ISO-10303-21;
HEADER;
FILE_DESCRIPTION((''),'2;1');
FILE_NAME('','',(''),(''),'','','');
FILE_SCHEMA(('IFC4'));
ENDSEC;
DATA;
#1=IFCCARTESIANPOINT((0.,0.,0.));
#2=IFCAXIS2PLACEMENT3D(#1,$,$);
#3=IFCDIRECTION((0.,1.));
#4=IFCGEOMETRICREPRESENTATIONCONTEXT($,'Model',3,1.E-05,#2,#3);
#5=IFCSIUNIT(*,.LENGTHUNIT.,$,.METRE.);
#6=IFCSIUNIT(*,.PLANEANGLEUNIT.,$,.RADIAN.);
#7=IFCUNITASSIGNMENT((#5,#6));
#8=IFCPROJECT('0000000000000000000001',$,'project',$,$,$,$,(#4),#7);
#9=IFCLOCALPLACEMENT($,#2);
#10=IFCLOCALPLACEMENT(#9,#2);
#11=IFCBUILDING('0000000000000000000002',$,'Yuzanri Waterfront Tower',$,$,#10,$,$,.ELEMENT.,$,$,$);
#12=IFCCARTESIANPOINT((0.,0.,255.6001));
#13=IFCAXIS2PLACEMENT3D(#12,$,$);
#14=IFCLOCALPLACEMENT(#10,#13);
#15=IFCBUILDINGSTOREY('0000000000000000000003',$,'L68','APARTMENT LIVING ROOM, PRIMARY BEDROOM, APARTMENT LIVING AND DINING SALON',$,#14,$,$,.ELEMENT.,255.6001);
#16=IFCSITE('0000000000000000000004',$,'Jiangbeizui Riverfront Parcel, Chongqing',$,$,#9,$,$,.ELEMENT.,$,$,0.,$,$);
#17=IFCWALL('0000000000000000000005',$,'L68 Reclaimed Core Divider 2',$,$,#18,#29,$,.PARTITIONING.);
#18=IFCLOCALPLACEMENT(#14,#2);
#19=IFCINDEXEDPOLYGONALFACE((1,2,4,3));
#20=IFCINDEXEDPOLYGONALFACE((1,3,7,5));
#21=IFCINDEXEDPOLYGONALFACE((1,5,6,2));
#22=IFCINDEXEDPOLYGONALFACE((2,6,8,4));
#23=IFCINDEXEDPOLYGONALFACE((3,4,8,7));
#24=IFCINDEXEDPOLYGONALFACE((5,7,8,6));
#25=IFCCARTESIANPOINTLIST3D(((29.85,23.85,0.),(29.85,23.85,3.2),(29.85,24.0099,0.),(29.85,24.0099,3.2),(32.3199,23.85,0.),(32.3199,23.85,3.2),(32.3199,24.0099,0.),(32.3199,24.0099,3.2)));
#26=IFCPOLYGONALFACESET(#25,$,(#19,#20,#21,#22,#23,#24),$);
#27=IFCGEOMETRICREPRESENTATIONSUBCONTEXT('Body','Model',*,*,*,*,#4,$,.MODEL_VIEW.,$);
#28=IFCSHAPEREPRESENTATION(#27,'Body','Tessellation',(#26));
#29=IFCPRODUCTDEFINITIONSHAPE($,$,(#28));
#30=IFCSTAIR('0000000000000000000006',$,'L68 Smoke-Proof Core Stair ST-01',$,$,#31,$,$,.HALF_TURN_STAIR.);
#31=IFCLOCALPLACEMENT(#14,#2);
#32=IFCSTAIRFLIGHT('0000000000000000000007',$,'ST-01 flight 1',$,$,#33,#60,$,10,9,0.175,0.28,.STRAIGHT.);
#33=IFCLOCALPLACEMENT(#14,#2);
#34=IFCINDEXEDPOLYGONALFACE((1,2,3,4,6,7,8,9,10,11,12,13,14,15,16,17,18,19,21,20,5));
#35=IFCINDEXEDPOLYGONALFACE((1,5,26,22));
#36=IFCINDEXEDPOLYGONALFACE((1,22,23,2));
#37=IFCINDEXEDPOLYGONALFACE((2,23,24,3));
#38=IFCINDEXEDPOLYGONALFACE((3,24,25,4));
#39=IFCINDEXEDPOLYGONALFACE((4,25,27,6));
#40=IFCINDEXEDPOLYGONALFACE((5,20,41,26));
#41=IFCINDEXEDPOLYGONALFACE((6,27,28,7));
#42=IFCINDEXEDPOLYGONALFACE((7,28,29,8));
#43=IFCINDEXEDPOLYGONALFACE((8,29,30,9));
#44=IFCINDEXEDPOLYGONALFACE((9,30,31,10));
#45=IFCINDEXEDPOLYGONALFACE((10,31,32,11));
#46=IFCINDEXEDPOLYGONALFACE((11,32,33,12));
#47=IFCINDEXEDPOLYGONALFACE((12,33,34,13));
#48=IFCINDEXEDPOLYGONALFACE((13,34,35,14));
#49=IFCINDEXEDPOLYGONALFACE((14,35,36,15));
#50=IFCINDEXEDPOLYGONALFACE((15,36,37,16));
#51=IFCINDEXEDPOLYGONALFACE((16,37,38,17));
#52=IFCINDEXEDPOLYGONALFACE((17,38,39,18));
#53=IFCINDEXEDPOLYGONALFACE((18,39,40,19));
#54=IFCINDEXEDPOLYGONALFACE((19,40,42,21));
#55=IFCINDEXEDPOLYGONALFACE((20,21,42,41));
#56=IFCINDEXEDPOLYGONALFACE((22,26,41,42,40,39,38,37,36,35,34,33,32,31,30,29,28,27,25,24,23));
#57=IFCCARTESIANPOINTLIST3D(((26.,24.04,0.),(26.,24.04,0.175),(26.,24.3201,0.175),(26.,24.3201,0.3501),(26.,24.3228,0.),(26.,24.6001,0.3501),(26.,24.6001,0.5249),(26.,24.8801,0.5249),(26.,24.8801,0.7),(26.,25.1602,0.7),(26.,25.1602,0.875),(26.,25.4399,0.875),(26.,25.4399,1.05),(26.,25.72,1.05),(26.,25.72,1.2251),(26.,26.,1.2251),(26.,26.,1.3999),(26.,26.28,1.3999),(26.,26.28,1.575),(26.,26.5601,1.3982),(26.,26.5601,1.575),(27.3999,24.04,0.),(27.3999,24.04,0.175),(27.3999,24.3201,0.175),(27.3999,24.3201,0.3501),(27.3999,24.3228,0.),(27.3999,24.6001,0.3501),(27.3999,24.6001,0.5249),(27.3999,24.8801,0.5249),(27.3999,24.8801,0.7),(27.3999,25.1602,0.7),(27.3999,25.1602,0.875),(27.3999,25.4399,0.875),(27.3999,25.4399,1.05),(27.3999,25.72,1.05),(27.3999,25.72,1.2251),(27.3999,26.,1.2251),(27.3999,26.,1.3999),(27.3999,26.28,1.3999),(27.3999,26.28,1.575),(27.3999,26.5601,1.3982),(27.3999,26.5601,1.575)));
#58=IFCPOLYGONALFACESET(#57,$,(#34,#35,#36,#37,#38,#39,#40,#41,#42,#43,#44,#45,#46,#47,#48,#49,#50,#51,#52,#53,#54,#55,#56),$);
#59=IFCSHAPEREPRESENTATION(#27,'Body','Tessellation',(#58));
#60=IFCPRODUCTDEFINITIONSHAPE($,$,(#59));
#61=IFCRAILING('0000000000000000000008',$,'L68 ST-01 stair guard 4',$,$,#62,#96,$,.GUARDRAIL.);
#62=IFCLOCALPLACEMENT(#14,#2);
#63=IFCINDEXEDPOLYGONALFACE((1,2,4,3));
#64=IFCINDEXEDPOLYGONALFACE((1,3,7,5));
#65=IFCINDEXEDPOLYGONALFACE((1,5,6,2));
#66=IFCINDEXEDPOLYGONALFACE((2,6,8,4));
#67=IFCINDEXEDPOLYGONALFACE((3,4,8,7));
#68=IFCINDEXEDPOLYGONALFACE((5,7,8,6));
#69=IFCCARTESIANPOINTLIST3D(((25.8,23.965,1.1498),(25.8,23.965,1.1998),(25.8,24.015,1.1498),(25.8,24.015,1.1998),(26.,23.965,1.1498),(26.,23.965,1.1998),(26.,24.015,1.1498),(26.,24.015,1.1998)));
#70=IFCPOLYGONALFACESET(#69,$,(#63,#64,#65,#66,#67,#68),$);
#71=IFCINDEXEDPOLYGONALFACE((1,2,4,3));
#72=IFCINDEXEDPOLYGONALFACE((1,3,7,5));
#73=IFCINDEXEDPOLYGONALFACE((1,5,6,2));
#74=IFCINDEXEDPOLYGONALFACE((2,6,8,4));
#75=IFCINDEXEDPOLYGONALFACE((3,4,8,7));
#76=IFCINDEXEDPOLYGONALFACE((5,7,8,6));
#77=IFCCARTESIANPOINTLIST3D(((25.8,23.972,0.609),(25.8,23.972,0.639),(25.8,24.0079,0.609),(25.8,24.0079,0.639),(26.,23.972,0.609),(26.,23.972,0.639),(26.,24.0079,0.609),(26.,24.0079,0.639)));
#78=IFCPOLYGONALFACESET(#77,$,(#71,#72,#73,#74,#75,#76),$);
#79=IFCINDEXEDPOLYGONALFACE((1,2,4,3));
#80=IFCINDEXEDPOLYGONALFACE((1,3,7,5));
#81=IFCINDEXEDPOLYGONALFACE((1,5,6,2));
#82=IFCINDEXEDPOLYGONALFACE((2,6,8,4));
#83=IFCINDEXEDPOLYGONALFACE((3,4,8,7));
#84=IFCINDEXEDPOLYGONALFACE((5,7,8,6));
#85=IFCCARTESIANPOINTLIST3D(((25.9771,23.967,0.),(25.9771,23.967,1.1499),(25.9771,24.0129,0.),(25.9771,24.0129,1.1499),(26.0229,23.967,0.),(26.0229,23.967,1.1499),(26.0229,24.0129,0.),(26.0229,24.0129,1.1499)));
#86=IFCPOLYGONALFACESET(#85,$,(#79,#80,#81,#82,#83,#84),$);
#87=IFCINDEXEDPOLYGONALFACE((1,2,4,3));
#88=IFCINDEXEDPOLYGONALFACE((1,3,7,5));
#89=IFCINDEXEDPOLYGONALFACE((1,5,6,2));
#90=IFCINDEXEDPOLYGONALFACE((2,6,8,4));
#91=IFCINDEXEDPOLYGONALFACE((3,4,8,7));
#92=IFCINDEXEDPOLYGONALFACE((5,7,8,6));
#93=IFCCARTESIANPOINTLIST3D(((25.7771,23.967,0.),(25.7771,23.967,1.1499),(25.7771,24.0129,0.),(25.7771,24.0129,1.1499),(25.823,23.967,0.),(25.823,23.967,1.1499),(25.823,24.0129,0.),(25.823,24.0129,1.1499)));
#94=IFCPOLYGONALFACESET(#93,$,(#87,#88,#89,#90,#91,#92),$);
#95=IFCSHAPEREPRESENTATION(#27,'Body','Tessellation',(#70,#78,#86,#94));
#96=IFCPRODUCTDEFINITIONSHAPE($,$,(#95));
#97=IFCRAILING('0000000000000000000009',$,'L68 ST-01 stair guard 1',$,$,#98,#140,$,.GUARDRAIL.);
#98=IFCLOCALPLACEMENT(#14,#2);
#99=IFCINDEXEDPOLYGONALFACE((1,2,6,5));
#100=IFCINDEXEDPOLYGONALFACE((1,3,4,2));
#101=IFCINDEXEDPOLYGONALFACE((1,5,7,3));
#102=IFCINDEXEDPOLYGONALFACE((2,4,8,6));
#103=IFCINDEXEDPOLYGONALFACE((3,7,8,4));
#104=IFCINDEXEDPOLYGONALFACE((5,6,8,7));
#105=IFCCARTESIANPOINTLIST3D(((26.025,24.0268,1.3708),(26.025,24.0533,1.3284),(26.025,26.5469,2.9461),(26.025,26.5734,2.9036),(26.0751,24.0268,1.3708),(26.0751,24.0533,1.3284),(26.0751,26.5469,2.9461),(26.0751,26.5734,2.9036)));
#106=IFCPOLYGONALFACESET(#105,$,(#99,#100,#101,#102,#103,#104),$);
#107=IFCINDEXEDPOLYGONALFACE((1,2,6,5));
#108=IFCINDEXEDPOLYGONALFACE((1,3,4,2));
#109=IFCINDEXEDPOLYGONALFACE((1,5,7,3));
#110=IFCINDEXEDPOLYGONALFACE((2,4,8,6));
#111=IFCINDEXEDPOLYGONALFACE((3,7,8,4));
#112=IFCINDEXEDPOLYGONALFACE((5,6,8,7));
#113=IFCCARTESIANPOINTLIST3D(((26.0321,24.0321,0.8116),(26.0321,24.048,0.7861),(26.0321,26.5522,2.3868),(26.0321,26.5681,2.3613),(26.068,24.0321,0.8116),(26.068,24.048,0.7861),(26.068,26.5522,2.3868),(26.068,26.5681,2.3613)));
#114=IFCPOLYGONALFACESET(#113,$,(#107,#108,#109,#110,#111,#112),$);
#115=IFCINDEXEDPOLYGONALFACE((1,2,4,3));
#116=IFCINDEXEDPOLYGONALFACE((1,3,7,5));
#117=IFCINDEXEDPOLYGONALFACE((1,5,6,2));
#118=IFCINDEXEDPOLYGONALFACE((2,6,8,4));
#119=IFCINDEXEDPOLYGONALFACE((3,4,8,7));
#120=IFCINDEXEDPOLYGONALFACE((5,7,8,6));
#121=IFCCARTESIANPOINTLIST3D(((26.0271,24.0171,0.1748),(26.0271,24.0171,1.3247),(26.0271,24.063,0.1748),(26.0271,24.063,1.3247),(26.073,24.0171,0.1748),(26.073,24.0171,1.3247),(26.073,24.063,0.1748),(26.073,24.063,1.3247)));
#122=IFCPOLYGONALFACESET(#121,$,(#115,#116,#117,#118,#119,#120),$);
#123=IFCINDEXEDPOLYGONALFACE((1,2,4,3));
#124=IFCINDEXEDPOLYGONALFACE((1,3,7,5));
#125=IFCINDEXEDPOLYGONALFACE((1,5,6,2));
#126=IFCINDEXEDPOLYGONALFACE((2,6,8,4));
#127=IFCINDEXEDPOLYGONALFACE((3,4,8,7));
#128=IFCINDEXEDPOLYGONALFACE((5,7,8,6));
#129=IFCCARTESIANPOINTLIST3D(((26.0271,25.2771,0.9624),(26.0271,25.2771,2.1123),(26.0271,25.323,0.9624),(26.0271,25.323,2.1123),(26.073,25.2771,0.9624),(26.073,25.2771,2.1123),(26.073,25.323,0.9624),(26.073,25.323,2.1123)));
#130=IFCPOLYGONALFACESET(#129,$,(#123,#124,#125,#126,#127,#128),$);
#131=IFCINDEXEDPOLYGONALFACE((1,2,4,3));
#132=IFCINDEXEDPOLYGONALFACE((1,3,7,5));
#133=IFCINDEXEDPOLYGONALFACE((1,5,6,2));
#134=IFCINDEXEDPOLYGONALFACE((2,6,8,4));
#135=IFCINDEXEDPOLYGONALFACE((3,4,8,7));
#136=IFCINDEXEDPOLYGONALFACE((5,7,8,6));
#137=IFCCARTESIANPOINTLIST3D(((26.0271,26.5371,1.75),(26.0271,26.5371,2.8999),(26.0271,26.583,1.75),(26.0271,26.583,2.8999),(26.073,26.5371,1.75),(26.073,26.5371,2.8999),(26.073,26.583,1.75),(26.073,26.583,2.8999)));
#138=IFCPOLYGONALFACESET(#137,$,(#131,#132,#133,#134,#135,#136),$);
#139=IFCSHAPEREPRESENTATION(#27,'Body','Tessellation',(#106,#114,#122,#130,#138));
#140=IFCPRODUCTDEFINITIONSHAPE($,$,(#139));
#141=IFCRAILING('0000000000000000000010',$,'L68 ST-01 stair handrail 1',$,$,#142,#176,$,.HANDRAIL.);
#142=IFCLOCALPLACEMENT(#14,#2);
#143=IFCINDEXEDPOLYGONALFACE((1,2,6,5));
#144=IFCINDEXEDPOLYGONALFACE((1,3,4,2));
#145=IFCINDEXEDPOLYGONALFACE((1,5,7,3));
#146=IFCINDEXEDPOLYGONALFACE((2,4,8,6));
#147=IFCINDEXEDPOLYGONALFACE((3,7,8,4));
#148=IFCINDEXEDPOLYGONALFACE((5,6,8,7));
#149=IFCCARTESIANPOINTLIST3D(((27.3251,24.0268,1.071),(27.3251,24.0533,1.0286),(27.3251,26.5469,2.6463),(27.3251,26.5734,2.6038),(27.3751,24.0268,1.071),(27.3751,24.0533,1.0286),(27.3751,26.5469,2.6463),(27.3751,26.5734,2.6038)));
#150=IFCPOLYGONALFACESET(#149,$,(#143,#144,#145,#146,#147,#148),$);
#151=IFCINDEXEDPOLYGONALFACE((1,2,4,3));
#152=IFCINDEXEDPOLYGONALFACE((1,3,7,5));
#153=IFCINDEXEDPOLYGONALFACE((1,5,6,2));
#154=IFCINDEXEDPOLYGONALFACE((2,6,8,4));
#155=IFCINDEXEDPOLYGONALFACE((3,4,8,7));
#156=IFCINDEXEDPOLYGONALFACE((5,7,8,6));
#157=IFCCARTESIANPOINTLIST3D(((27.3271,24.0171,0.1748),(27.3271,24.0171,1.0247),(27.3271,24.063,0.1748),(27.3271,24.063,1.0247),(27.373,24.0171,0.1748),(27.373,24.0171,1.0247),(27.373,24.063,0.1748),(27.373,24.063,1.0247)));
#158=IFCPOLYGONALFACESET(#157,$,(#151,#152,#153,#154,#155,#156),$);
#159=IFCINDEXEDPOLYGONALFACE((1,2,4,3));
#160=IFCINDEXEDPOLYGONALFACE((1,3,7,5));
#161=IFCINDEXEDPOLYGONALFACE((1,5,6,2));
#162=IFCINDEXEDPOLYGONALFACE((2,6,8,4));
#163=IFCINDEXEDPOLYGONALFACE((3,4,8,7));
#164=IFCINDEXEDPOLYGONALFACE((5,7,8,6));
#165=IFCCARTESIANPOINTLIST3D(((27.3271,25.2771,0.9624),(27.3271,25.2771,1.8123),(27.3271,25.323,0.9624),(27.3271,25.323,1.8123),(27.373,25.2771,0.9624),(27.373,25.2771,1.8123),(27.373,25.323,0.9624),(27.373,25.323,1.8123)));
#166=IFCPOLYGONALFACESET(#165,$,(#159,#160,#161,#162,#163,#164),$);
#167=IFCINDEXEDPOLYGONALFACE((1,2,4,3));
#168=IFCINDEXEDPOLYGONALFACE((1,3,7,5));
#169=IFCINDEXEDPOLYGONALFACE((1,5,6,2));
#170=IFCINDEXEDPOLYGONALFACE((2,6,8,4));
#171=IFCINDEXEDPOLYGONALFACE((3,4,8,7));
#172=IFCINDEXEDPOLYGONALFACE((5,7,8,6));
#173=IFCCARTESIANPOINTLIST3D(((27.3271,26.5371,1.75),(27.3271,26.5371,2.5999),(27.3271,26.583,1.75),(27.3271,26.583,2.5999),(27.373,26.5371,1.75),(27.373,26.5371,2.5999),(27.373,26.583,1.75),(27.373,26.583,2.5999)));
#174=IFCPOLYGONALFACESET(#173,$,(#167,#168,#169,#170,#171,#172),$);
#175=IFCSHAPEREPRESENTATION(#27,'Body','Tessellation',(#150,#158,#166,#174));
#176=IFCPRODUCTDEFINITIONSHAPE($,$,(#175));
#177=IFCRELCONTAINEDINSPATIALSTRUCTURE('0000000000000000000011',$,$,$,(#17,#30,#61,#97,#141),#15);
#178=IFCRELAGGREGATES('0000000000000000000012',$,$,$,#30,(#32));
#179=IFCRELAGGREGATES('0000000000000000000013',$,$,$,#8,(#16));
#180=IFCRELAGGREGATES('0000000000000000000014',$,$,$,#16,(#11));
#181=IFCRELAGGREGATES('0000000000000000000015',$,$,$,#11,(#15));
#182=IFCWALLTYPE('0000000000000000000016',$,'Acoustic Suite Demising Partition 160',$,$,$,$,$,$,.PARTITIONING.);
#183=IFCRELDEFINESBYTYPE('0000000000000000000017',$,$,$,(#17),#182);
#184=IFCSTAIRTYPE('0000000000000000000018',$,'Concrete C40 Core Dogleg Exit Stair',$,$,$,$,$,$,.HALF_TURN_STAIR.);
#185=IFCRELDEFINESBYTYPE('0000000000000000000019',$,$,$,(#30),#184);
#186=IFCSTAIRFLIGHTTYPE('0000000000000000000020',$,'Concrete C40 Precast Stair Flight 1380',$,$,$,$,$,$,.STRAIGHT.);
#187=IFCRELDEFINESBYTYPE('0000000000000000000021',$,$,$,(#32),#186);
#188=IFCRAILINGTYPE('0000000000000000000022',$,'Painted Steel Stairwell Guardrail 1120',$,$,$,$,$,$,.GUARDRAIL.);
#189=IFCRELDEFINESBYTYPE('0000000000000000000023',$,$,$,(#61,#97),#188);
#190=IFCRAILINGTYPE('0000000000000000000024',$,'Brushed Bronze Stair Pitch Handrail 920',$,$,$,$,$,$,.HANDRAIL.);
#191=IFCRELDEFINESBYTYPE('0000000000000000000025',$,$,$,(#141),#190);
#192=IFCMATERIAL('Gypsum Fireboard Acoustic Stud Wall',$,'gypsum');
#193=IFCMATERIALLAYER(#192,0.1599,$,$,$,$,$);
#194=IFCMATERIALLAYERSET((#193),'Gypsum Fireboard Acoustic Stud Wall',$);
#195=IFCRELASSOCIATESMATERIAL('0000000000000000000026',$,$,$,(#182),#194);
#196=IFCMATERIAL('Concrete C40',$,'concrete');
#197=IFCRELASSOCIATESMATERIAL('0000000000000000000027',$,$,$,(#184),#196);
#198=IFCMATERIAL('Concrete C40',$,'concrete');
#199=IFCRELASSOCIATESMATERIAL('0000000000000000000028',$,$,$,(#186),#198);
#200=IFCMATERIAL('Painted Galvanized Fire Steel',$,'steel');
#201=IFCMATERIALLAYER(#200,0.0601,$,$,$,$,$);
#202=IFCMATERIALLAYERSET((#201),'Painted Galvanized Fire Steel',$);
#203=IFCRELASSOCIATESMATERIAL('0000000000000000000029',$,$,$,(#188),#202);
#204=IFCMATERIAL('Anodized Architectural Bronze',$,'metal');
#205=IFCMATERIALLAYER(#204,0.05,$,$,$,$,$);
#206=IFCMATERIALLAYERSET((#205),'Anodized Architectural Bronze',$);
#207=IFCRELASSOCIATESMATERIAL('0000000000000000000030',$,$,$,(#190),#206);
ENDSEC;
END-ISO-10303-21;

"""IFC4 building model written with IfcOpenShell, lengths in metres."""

from ifc_helpers import new_model, si_unit, direction, frame, frame_2d, origin, origin_2d, place, context, subcontext, project, spatial, polyline, rectangle, outline, extrude, source, transform, mapped, material, layer, layer_set, type_object, element, aggregate, save


model = new_model("IFC4")

# Units and contexts
model_context = context("Model", 3, precision=1e-05, world=origin(), true_north=direction((0.0, 1.0)))
body_context = subcontext(model_context, "Body", "Model", "MODEL_VIEW")
ifc_project = project(units=[si_unit("LENGTHUNIT", "METRE"), si_unit("PLANEANGLEUNIT", "RADIAN")], contexts=[model_context])

# Site, building, storey
site_placement = place(None, origin())
site = spatial("IfcSite", under=ifc_project, at=site_placement, Name="Jiangbeizui Riverfront Parcel, Chongqing", CompositionType="ELEMENT", RefElevation=0.0)
building_placement = place(site_placement, origin())
building = spatial("IfcBuilding", under=site, at=building_placement, Name="Yuzanri Waterfront Tower", CompositionType="ELEMENT")
storey_placement = place(building_placement, frame((0.0, 0.0, 255.6001)))
storey = spatial("IfcBuildingStorey", under=building, at=storey_placement, Name="L68", Description="APARTMENT LIVING ROOM, PRIMARY BEDROOM, APARTMENT LIVING AND DINING SALON", CompositionType="ELEMENT", Elevation=255.6001)

# Wall
ifc_material_1 = material(Name="Gypsum Fireboard Acoustic Stud Wall", Category="gypsum")
ifc_layer_1 = layer(ifc_material_1, 0.1599)
ifc_layer_set_1 = layer_set([ifc_layer_1], Name="Gypsum Fireboard Acoustic Stud Wall")
wall_type_1 = type_object("IfcWallType", Name="Acoustic Suite Demising Partition 160", PredefinedType="PARTITIONING", material=ifc_layer_set_1)
shared_shape_1 = source(origin(), body_context, "Body", "SweptSolid", [
    extrude(rectangle(XDim=2.47, YDim=0.1599, at=frame_2d((1.2349, 0.0))), origin(), (0.0, 0.0, 1.0), 3.2),
])
wall_1_placement = place(storey_placement, frame((29.8501, 23.9299, 0.0), z_axis=(0.0, 0.0, 1.0), x_axis=(1.0, 0.0, 0.0)))
element("IfcWall", 1, at=wall_1_placement, inside=storey, type_object=wall_type_1, Name="L68 Reclaimed Core Divider 2", PredefinedType="PARTITIONING", context=body_context, shape_type="MappedRepresentation", body=[
    mapped(shared_shape_1, transform((0.0, 0.0, 0.0), scale=1.0)),
])

# Stair, stair flight
ifc_material_2 = material(Name="Concrete C40", Category="concrete")
stair_type = type_object("IfcStairType", Name="Concrete C40 Core Dogleg Exit Stair", PredefinedType="HALF_TURN_STAIR", material=ifc_material_2)
stair_placement = place(storey_placement, origin())
stair = element("IfcStair", 2, at=stair_placement, inside=storey, type_object=stair_type, Name="L68 Smoke-Proof Core Stair ST-01", PredefinedType="HALF_TURN_STAIR")
ifc_material_3 = material(Name="Concrete C40", Category="concrete")
stair_flight_type = type_object("IfcStairFlightType", Name="Concrete C40 Precast Stair Flight 1380", PredefinedType="STRAIGHT", material=ifc_material_3)
shared_shape_2 = source(origin(), body_context, "Body", "SweptSolid", [
    extrude(outline(polyline([(0.0, 0.0), (0.0, 0.175), (0.28, 0.175), (0.28, 0.3501), (0.5601, 0.3501), (0.5601, 0.5249), (0.8401, 0.5249), (0.8401, 0.7), (1.1201, 0.7), (1.1201, 0.875), (1.3999, 0.875), (1.3999, 1.05), (1.6799, 1.05), (1.6799, 1.2251), (1.96, 1.2251), (1.96, 1.3999), (2.24, 1.3999), (2.24, 1.575), (2.52, 1.575), (2.52, 1.75), (2.52, 1.3982), (0.2827, 0.0), (0.0, 0.0)])), frame((0.0, 0.7, 0.0), z_axis=(0.0, -1.0, 0.0), x_axis=(1.0, 0.0, 0.0)), (0.0, 0.0, 1.0), 1.3999),
])
stair_flight_placement = place(storey_placement, frame((26.7, 24.04, 0.0), z_axis=(0.0, 0.0, 1.0), x_axis=(0.0, 1.0, 0.0)))
stair_flight = element("IfcStairFlight", 3, at=stair_flight_placement, type_object=stair_flight_type, Name="ST-01 flight 1", NumberOfRisers=10, NumberOfTreads=9, PredefinedType="STRAIGHT", RiserHeight=0.175, TreadLength=0.28, context=body_context, shape_type="MappedRepresentation", body=[
    mapped(shared_shape_2, transform((0.0, 0.0, 0.0), scale=1.0)),
])
aggregate(stair, [stair_flight])

# Railings
ifc_material_4 = material(Name="Painted Galvanized Fire Steel", Category="steel")
ifc_layer_2 = layer(ifc_material_4, 0.0601)
ifc_layer_set_2 = layer_set([ifc_layer_2], Name="Painted Galvanized Fire Steel")
railing_type_1 = type_object("IfcRailingType", Name="Painted Steel Stairwell Guardrail 1120", PredefinedType="GUARDRAIL", material=ifc_layer_set_2)
shared_shape_3 = source(origin(), body_context, "Body", "SweptSolid", [
    extrude(rectangle(XDim=0.05, YDim=0.05, at=origin_2d()), frame((0.0, 0.0, 1.1748), z_axis=(-1.0, 0.0, 0.0), x_axis=(0.0, -1.0, 0.0)), (0.0, 0.0, 1.0), 0.2),
    extrude(rectangle(XDim=0.0359, YDim=0.03, at=origin_2d()), frame((0.0, 0.0, 0.624), z_axis=(-1.0, 0.0, 0.0), x_axis=(0.0, -1.0, 0.0)), (0.0, 0.0, 1.0), 0.2),
    extrude(rectangle(XDim=0.0459, YDim=0.0459, at=origin_2d()), origin(), (0.0, 0.0, 1.0), 1.1499),
    extrude(rectangle(XDim=0.0459, YDim=0.0459, at=origin_2d()), frame((-0.2, 0.0, 0.0)), (0.0, 0.0, 1.0), 1.1499),
])
railing_1_placement = place(storey_placement, frame((26.0, 23.99, 0.0)))
element("IfcRailing", 4, at=railing_1_placement, inside=storey, type_object=railing_type_1, Name="L68 ST-01 stair guard 4", PredefinedType="GUARDRAIL", context=body_context, shape_type="MappedRepresentation", body=[
    mapped(shared_shape_3, transform((0.0, 0.0, 0.0), scale=1.0)),
])
shared_shape_4 = source(origin(), body_context, "Body", "SweptSolid", [
    extrude(rectangle(XDim=0.05, YDim=0.05, at=origin_2d()), frame((0.0, 0.0, 1.1748), z_axis=(0.0, 0.847971, 0.530043), x_axis=(-1.0, 0.0, 0.0)), (0.0, 0.0, 1.0), 2.9719),
    extrude(rectangle(XDim=0.0359, YDim=0.03, at=origin_2d()), frame((0.0, 0.0, 0.624), z_axis=(0.0, 0.847971, 0.530043), x_axis=(-1.0, 0.0, 0.0)), (0.0, 0.0, 1.0), 2.9719),
    extrude(rectangle(XDim=0.0459, YDim=0.0459, at=origin_2d()), origin(), (0.0, 0.0, 1.0), 1.1499),
    extrude(rectangle(XDim=0.0459, YDim=0.0459, at=origin_2d()), frame((0.0, 1.26, 0.7876)), (0.0, 0.0, 1.0), 1.1499),
    extrude(rectangle(XDim=0.0459, YDim=0.0459, at=origin_2d()), frame((0.0, 2.52, 1.5752)), (0.0, 0.0, 1.0), 1.1499),
])
railing_2_placement = place(storey_placement, frame((26.05, 24.04, 0.1748)))
element("IfcRailing", 5, at=railing_2_placement, inside=storey, type_object=railing_type_1, Name="L68 ST-01 stair guard 1", PredefinedType="GUARDRAIL", context=body_context, shape_type="MappedRepresentation", body=[
    mapped(shared_shape_4, transform((0.0, 0.0, 0.0), scale=1.0)),
])
ifc_material_5 = material(Name="Anodized Architectural Bronze", Category="metal")
ifc_layer_3 = layer(ifc_material_5, 0.05)
ifc_layer_set_3 = layer_set([ifc_layer_3], Name="Anodized Architectural Bronze")
railing_type_2 = type_object("IfcRailingType", Name="Brushed Bronze Stair Pitch Handrail 920", PredefinedType="HANDRAIL", material=ifc_layer_set_3)
shared_shape_5 = source(origin(), body_context, "Body", "SweptSolid", [
    extrude(rectangle(XDim=0.05, YDim=0.05, at=origin_2d()), frame((0.0, 0.0, 0.875), z_axis=(0.0, 0.847971, 0.530043), x_axis=(-1.0, 0.0, 0.0)), (0.0, 0.0, 1.0), 2.9719),
    extrude(rectangle(XDim=0.0459, YDim=0.0459, at=origin_2d()), origin(), (0.0, 0.0, 1.0), 0.8499),
    extrude(rectangle(XDim=0.0459, YDim=0.0459, at=origin_2d()), frame((0.0, 1.26, 0.7876)), (0.0, 0.0, 1.0), 0.8499),
    extrude(rectangle(XDim=0.0459, YDim=0.0459, at=origin_2d()), frame((0.0, 2.52, 1.5752)), (0.0, 0.0, 1.0), 0.8499),
])
railing_3_placement = place(storey_placement, frame((27.3501, 24.04, 0.1748)))
element("IfcRailing", 6, at=railing_3_placement, inside=storey, type_object=railing_type_2, Name="L68 ST-01 stair handrail 1", PredefinedType="HANDRAIL", context=body_context, shape_type="MappedRepresentation", body=[
    mapped(shared_shape_5, transform((0.0, 0.0, 0.0), scale=1.0)),
])

save(model, "model.ifc")
